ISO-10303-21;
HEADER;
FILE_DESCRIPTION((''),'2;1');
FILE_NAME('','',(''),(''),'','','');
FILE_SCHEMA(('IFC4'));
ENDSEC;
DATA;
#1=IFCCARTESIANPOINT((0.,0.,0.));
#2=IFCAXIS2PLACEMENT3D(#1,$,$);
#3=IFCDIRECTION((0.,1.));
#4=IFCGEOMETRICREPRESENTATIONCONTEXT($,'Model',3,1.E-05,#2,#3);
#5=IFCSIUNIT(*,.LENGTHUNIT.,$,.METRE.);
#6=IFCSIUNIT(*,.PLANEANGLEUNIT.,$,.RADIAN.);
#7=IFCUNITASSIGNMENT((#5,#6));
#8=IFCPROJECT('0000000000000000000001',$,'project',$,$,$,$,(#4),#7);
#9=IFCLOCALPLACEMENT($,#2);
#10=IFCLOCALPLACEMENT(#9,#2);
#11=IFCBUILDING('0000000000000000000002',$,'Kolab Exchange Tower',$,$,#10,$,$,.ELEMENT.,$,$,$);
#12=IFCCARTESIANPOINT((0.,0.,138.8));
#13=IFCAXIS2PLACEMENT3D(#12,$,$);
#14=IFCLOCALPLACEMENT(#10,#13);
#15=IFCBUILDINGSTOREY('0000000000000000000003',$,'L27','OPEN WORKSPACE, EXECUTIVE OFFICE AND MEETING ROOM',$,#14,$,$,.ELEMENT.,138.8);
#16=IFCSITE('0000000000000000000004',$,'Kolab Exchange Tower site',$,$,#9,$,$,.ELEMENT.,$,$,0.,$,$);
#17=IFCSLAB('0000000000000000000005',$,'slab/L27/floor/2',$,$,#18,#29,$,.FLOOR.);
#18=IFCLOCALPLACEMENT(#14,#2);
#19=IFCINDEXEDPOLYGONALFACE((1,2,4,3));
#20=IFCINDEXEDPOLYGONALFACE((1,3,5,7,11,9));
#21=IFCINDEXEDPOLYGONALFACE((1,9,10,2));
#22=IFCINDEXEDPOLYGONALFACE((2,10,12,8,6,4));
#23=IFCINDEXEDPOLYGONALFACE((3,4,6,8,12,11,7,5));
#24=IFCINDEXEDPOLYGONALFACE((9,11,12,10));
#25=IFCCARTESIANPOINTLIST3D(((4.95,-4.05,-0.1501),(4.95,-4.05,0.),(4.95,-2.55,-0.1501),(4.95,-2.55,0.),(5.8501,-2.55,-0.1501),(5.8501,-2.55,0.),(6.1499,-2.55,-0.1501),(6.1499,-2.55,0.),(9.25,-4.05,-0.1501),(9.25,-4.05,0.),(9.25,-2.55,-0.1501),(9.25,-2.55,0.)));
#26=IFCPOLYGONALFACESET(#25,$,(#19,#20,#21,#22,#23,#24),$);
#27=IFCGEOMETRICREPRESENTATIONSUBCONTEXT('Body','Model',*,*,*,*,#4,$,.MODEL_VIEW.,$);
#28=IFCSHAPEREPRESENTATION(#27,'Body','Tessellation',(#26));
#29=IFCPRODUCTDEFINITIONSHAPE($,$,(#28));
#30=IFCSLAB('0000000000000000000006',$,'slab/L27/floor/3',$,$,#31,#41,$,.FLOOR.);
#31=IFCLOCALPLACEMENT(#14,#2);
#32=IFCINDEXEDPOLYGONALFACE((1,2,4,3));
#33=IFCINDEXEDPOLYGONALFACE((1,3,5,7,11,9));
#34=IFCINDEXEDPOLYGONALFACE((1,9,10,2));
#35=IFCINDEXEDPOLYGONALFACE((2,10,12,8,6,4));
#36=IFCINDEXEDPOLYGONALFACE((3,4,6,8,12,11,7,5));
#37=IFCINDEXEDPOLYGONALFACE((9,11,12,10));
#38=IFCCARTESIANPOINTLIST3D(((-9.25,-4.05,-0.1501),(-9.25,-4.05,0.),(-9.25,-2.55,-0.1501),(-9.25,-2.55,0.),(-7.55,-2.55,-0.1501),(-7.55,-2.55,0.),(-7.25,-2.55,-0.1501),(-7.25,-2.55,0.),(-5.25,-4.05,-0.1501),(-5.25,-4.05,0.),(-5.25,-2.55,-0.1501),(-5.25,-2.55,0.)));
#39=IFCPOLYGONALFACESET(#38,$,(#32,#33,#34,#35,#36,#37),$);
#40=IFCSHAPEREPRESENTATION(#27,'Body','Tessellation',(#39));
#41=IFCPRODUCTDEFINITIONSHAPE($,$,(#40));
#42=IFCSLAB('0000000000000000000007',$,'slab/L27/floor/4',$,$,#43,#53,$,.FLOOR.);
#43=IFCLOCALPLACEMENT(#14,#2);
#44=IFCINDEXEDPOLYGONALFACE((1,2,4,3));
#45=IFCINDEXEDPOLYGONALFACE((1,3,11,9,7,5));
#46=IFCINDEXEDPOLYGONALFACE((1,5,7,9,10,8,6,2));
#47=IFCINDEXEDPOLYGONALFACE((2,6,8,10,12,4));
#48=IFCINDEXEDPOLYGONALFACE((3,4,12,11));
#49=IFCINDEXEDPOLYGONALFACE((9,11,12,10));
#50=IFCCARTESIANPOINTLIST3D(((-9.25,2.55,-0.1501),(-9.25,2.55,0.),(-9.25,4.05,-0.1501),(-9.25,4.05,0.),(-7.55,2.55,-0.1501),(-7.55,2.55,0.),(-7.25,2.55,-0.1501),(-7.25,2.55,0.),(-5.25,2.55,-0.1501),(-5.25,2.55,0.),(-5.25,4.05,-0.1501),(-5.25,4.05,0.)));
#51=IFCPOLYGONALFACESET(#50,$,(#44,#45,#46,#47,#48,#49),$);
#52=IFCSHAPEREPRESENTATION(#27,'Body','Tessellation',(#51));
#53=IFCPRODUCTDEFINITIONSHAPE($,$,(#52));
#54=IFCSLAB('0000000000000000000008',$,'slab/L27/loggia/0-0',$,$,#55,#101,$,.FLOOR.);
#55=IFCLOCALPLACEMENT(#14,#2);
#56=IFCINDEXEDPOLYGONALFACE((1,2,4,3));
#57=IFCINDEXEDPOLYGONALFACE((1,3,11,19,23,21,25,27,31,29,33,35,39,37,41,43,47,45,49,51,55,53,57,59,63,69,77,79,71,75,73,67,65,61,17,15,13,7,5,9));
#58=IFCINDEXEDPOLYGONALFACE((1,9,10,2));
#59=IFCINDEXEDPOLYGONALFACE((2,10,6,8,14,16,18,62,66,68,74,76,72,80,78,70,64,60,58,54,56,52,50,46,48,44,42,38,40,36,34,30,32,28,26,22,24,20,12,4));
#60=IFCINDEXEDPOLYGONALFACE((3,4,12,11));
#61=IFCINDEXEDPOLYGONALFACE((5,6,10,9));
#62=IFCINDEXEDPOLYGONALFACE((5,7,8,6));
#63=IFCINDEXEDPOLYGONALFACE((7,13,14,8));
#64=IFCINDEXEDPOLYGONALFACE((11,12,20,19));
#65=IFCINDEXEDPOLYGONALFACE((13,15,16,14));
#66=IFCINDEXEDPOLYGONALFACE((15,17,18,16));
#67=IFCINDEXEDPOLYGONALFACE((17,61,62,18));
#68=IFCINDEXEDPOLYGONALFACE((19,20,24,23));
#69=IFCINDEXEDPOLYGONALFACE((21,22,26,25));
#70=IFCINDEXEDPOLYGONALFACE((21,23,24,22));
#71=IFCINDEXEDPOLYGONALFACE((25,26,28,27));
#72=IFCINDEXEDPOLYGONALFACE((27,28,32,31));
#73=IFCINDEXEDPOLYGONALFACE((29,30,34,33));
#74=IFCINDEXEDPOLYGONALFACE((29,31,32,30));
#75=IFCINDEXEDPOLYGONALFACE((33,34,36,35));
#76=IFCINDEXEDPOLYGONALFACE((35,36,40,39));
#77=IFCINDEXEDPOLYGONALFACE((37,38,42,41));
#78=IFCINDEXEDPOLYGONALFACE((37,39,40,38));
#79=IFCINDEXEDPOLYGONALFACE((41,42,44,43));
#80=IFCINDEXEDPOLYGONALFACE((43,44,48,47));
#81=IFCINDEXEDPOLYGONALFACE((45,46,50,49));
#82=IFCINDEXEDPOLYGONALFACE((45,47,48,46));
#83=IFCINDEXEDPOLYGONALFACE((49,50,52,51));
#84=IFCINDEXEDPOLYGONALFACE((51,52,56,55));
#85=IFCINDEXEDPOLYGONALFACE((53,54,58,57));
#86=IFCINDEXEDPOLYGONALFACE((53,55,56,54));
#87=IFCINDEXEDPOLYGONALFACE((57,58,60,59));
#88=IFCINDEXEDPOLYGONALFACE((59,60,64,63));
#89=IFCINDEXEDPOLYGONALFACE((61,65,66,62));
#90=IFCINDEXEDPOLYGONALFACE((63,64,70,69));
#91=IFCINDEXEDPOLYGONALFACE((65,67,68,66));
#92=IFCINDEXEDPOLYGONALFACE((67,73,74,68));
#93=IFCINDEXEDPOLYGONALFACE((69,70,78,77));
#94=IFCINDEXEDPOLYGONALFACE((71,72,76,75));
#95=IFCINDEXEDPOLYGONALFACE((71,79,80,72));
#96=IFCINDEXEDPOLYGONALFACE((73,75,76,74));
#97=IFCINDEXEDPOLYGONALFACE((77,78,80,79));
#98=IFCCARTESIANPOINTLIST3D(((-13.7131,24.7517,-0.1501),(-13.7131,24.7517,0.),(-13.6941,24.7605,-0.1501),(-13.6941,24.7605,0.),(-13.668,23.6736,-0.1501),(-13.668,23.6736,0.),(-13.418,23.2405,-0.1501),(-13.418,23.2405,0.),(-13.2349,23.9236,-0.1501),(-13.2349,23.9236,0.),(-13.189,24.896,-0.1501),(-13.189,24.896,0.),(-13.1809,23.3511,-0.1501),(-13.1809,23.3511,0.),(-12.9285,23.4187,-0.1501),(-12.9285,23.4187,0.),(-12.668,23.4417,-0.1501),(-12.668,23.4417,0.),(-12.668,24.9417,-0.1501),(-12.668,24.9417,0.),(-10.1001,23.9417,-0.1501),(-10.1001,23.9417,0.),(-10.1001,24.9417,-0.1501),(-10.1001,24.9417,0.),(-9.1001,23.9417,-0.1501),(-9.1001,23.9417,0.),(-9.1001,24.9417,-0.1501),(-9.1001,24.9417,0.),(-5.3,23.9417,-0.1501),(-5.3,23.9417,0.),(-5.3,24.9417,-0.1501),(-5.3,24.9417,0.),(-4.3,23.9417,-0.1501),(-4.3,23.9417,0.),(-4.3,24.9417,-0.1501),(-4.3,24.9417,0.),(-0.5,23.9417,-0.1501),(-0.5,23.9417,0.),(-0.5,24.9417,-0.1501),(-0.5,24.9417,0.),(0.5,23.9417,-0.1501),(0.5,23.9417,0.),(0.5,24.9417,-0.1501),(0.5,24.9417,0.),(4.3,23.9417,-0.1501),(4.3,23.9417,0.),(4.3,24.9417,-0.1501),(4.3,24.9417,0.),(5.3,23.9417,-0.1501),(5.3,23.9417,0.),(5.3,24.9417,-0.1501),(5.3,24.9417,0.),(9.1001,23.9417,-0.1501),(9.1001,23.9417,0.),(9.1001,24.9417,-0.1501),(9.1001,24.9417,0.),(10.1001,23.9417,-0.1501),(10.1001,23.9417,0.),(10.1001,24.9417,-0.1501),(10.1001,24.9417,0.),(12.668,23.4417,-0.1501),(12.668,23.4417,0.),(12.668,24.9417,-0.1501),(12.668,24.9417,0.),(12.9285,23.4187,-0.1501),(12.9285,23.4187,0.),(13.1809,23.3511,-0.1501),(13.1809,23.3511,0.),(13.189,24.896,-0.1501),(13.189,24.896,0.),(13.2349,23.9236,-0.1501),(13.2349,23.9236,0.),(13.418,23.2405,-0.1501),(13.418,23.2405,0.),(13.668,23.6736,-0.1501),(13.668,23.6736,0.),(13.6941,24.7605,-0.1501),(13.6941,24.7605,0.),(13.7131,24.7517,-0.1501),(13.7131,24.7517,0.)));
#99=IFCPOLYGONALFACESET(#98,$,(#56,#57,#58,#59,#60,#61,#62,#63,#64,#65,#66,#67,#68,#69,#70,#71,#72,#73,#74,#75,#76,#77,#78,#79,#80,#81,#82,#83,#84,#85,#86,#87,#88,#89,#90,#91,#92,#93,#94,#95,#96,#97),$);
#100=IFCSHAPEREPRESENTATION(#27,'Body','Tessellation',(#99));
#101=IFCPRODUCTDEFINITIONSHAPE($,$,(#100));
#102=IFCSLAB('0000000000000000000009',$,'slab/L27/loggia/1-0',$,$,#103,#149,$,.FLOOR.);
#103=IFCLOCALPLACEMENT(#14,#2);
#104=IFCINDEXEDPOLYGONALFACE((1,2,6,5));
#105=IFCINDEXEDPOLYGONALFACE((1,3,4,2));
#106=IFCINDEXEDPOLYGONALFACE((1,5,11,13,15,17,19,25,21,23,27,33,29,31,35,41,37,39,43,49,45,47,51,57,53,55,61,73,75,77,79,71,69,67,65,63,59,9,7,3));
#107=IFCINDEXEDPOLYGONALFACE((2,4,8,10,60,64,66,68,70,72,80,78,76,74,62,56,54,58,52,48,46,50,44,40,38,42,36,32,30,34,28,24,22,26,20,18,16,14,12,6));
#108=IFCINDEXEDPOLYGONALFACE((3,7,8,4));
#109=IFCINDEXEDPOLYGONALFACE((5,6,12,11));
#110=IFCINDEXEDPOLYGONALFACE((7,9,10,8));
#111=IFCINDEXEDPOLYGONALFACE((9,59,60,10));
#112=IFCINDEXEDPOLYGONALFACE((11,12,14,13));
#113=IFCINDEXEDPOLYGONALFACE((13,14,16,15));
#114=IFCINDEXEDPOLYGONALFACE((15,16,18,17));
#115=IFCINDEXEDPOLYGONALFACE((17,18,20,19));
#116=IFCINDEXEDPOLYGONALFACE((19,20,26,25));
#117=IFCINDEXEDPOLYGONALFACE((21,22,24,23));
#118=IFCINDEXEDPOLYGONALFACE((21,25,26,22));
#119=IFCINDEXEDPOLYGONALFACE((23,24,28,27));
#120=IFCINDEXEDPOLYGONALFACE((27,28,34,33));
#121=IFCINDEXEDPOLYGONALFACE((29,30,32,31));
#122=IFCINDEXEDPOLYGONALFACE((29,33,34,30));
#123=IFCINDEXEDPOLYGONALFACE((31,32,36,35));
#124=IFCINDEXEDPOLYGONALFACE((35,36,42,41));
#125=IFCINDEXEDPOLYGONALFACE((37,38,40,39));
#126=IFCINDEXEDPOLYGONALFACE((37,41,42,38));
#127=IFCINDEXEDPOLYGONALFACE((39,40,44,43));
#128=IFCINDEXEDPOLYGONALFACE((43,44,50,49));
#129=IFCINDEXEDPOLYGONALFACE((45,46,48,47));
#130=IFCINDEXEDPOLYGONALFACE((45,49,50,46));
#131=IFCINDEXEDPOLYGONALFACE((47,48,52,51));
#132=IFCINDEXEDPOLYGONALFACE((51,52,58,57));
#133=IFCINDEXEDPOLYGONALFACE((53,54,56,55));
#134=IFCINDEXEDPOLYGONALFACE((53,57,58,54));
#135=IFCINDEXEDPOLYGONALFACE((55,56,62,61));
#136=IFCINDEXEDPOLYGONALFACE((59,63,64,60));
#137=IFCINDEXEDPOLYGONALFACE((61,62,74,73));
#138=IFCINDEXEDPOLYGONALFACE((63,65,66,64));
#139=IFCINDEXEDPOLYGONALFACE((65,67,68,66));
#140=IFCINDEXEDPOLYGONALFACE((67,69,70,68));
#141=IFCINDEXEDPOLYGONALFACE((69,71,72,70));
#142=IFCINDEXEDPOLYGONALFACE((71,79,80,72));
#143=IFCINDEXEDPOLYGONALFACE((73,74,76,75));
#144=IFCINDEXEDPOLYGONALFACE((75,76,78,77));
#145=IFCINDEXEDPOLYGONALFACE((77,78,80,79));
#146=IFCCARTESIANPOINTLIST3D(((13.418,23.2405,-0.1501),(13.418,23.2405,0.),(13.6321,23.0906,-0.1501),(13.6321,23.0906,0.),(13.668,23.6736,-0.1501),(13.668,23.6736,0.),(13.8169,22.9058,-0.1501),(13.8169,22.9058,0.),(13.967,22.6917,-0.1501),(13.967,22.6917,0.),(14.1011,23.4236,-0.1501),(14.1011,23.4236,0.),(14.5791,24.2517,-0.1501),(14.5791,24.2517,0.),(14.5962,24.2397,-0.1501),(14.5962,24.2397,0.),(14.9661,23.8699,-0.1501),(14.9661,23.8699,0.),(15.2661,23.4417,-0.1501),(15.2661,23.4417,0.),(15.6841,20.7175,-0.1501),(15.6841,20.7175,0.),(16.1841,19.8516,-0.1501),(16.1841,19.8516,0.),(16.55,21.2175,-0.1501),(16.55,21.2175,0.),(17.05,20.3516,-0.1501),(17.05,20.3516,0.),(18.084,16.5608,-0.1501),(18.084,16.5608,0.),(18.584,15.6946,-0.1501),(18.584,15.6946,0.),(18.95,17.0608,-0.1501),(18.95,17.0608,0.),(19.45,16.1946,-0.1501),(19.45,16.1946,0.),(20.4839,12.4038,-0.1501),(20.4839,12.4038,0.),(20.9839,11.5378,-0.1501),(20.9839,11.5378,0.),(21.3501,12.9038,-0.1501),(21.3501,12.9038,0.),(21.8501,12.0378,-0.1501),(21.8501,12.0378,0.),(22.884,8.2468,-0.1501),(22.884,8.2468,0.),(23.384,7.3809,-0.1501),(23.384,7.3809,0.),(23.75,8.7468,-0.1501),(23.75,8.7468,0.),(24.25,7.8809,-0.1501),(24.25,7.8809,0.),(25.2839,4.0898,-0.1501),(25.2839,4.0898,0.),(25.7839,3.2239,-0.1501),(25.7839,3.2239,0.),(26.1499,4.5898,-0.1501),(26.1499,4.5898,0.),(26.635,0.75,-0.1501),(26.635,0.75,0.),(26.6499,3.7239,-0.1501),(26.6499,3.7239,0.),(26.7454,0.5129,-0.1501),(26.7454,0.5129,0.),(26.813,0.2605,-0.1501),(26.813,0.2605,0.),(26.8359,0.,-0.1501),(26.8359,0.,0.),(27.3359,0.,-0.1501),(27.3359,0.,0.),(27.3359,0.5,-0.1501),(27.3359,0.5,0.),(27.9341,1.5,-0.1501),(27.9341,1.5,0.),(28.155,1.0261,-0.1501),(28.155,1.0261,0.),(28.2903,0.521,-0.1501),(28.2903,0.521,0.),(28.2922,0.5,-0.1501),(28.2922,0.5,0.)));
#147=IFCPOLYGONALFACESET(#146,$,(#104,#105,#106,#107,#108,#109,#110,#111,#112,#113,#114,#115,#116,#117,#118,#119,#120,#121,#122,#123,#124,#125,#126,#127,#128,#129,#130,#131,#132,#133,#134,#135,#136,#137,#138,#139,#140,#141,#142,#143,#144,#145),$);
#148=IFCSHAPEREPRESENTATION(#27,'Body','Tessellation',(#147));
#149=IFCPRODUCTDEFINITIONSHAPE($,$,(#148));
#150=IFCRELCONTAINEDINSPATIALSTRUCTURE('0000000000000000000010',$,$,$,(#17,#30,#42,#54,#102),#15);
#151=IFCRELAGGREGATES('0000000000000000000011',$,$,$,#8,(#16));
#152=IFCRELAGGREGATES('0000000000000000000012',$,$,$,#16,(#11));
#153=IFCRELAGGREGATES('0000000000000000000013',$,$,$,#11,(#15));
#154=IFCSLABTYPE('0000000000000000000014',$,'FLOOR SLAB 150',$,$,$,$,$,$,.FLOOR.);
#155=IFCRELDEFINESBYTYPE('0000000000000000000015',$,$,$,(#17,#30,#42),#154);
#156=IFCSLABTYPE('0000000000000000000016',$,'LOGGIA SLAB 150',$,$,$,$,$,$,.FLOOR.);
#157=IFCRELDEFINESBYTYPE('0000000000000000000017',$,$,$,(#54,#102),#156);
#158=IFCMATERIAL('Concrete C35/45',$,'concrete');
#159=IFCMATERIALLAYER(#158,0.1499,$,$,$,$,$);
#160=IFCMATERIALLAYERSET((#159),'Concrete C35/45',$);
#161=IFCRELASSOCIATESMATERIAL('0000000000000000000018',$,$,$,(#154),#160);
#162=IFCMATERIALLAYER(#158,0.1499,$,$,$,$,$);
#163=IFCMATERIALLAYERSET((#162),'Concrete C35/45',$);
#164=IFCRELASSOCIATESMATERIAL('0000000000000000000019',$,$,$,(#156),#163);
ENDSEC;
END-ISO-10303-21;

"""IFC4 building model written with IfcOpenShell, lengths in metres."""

from ifc_helpers import new_model, si_unit, direction, frame, origin, place, context, subcontext, project, spatial, polyline, outline, extrude, material, layer, layer_set, type_object, element, save


model = new_model("IFC4")

# Units and contexts
model_context = context("Model", 3, precision=1e-05, world=origin(), true_north=direction((0.0, 1.0)))
body_context = subcontext(model_context, "Body", "Model", "MODEL_VIEW")
ifc_project = project(units=[si_unit("LENGTHUNIT", "METRE"), si_unit("PLANEANGLEUNIT", "RADIAN")], contexts=[model_context])

# Site, building, storey
site_placement = place(None, origin())
site = spatial("IfcSite", under=ifc_project, at=site_placement, Name="Kolab Exchange Tower site", CompositionType="ELEMENT", RefElevation=0.0)
building_placement = place(site_placement, origin())
building = spatial("IfcBuilding", under=site, at=building_placement, Name="Kolab Exchange Tower", CompositionType="ELEMENT")
storey_placement = place(building_placement, frame((0.0, 0.0, 138.8)))
storey = spatial("IfcBuildingStorey", under=building, at=storey_placement, Name="L27", Description="OPEN WORKSPACE, EXECUTIVE OFFICE AND MEETING ROOM", CompositionType="ELEMENT", Elevation=138.8)

# Slabs
ifc_material_1 = material(Name="Concrete C35/45", Category="concrete")
ifc_layer_1 = layer(ifc_material_1, 0.1499)
ifc_layer_set_1 = layer_set([ifc_layer_1], Name="Concrete C35/45")
slab_type_1 = type_object("IfcSlabType", Name="FLOOR SLAB 150", PredefinedType="FLOOR", material=ifc_layer_set_1)
slab_1_placement = place(storey_placement, frame((0.0, 0.0, -0.1501)))
element("IfcSlab", 1, at=slab_1_placement, inside=storey, type_object=slab_type_1, Name="slab/L27/floor/2", PredefinedType="FLOOR", context=body_context, shape_type="SweptSolid", body=[
    extrude(outline(polyline([(4.95, -4.05), (9.25, -4.05), (9.25, -2.55), (6.1499, -2.55), (5.8501, -2.55), (4.95, -2.55), (4.95, -4.05)])), origin(), (0.0, 0.0, 1.0), 0.1501),
])
slab_2_placement = place(storey_placement, frame((0.0, 0.0, -0.1501)))
element("IfcSlab", 2, at=slab_2_placement, inside=storey, type_object=slab_type_1, Name="slab/L27/floor/3", PredefinedType="FLOOR", context=body_context, shape_type="SweptSolid", body=[
    extrude(outline(polyline([(-7.55, -2.55), (-9.25, -2.55), (-9.25, -4.05), (-5.25, -4.05), (-5.25, -2.55), (-7.25, -2.55), (-7.55, -2.55)])), origin(), (0.0, 0.0, 1.0), 0.1501),
])
slab_3_placement = place(storey_placement, frame((0.0, 0.0, -0.1501)))
element("IfcSlab", 3, at=slab_3_placement, inside=storey, type_object=slab_type_1, Name="slab/L27/floor/4", PredefinedType="FLOOR", context=body_context, shape_type="SweptSolid", body=[
    extrude(outline(polyline([(-9.25, 2.55), (-7.55, 2.55), (-7.25, 2.55), (-5.25, 2.55), (-5.25, 4.05), (-9.25, 4.05), (-9.25, 2.55)])), origin(), (0.0, 0.0, 1.0), 0.1501),
])
ifc_layer_2 = layer(ifc_material_1, 0.1499)
ifc_layer_set_2 = layer_set([ifc_layer_2], Name="Concrete C35/45")
slab_type_2 = type_object("IfcSlabType", Name="LOGGIA SLAB 150", PredefinedType="FLOOR", material=ifc_layer_set_2)
slab_4_placement = place(storey_placement, frame((0.0, 0.0, -0.1501)))
element("IfcSlab", 4, at=slab_4_placement, inside=storey, type_object=slab_type_2, Name="slab/L27/loggia/0-0", PredefinedType="FLOOR", context=body_context, shape_type="SweptSolid", body=[
    extrude(outline(polyline([(13.418, 23.2405), (13.668, 23.6736), (13.2349, 23.9236), (13.7131, 24.7517), (13.6941, 24.7605), (13.189, 24.896), (12.668, 24.9417), (10.1001, 24.9417), (10.1001, 23.9417), (9.1001, 23.9417), (9.1001, 24.9417), (5.3, 24.9417), (5.3, 23.9417), (4.3, 23.9417), (4.3, 24.9417), (0.5, 24.9417), (0.5, 23.9417), (-0.5, 23.9417), (-0.5, 24.9417), (-4.3, 24.9417), (-4.3, 23.9417), (-5.3, 23.9417), (-5.3, 24.9417), (-9.1001, 24.9417), (-9.1001, 23.9417), (-10.1001, 23.9417), (-10.1001, 24.9417), (-12.668, 24.9417), (-13.189, 24.896), (-13.6941, 24.7605), (-13.7131, 24.7517), (-13.2349, 23.9236), (-13.668, 23.6736), (-13.418, 23.2405), (-13.1809, 23.3511), (-12.9285, 23.4187), (-12.668, 23.4417), (12.668, 23.4417), (12.9285, 23.4187), (13.1809, 23.3511), (13.418, 23.2405)])), origin(), (0.0, 0.0, 1.0), 0.1501),
])
slab_5_placement = place(storey_placement, frame((0.0, 0.0, -0.1501)))
element("IfcSlab", 5, at=slab_5_placement, inside=storey, type_object=slab_type_2, Name="slab/L27/loggia/1-0", PredefinedType="FLOOR", context=body_context, shape_type="SweptSolid", body=[
    extrude(outline(polyline([(26.8359, 0.0), (27.3359, 0.0), (27.3359, 0.5), (28.2922, 0.5), (28.2903, 0.521), (28.155, 1.0261), (27.9341, 1.5), (26.6499, 3.7239), (25.7839, 3.2239), (25.2839, 4.0898), (26.1499, 4.5898), (24.25, 7.8809), (23.384, 7.3809), (22.884, 8.2468), (23.75, 8.7468), (21.8501, 12.0378), (20.9839, 11.5378), (20.4839, 12.4038), (21.3501, 12.9038), (19.45, 16.1946), (18.584, 15.6946), (18.084, 16.5608), (18.95, 17.0608), (17.05, 20.3516), (16.1841, 19.8516), (15.6841, 20.7175), (16.55, 21.2175), (15.2661, 23.4417), (14.9661, 23.8699), (14.5962, 24.2397), (14.5791, 24.2517), (14.1011, 23.4236), (13.668, 23.6736), (13.418, 23.2405), (13.6321, 23.0906), (13.8169, 22.9058), (13.967, 22.6917), (26.635, 0.75), (26.7454, 0.5129), (26.813, 0.2605), (26.8359, 0.0)])), origin(), (0.0, 0.0, 1.0), 0.1501),
])

save(model, "model.ifc")
